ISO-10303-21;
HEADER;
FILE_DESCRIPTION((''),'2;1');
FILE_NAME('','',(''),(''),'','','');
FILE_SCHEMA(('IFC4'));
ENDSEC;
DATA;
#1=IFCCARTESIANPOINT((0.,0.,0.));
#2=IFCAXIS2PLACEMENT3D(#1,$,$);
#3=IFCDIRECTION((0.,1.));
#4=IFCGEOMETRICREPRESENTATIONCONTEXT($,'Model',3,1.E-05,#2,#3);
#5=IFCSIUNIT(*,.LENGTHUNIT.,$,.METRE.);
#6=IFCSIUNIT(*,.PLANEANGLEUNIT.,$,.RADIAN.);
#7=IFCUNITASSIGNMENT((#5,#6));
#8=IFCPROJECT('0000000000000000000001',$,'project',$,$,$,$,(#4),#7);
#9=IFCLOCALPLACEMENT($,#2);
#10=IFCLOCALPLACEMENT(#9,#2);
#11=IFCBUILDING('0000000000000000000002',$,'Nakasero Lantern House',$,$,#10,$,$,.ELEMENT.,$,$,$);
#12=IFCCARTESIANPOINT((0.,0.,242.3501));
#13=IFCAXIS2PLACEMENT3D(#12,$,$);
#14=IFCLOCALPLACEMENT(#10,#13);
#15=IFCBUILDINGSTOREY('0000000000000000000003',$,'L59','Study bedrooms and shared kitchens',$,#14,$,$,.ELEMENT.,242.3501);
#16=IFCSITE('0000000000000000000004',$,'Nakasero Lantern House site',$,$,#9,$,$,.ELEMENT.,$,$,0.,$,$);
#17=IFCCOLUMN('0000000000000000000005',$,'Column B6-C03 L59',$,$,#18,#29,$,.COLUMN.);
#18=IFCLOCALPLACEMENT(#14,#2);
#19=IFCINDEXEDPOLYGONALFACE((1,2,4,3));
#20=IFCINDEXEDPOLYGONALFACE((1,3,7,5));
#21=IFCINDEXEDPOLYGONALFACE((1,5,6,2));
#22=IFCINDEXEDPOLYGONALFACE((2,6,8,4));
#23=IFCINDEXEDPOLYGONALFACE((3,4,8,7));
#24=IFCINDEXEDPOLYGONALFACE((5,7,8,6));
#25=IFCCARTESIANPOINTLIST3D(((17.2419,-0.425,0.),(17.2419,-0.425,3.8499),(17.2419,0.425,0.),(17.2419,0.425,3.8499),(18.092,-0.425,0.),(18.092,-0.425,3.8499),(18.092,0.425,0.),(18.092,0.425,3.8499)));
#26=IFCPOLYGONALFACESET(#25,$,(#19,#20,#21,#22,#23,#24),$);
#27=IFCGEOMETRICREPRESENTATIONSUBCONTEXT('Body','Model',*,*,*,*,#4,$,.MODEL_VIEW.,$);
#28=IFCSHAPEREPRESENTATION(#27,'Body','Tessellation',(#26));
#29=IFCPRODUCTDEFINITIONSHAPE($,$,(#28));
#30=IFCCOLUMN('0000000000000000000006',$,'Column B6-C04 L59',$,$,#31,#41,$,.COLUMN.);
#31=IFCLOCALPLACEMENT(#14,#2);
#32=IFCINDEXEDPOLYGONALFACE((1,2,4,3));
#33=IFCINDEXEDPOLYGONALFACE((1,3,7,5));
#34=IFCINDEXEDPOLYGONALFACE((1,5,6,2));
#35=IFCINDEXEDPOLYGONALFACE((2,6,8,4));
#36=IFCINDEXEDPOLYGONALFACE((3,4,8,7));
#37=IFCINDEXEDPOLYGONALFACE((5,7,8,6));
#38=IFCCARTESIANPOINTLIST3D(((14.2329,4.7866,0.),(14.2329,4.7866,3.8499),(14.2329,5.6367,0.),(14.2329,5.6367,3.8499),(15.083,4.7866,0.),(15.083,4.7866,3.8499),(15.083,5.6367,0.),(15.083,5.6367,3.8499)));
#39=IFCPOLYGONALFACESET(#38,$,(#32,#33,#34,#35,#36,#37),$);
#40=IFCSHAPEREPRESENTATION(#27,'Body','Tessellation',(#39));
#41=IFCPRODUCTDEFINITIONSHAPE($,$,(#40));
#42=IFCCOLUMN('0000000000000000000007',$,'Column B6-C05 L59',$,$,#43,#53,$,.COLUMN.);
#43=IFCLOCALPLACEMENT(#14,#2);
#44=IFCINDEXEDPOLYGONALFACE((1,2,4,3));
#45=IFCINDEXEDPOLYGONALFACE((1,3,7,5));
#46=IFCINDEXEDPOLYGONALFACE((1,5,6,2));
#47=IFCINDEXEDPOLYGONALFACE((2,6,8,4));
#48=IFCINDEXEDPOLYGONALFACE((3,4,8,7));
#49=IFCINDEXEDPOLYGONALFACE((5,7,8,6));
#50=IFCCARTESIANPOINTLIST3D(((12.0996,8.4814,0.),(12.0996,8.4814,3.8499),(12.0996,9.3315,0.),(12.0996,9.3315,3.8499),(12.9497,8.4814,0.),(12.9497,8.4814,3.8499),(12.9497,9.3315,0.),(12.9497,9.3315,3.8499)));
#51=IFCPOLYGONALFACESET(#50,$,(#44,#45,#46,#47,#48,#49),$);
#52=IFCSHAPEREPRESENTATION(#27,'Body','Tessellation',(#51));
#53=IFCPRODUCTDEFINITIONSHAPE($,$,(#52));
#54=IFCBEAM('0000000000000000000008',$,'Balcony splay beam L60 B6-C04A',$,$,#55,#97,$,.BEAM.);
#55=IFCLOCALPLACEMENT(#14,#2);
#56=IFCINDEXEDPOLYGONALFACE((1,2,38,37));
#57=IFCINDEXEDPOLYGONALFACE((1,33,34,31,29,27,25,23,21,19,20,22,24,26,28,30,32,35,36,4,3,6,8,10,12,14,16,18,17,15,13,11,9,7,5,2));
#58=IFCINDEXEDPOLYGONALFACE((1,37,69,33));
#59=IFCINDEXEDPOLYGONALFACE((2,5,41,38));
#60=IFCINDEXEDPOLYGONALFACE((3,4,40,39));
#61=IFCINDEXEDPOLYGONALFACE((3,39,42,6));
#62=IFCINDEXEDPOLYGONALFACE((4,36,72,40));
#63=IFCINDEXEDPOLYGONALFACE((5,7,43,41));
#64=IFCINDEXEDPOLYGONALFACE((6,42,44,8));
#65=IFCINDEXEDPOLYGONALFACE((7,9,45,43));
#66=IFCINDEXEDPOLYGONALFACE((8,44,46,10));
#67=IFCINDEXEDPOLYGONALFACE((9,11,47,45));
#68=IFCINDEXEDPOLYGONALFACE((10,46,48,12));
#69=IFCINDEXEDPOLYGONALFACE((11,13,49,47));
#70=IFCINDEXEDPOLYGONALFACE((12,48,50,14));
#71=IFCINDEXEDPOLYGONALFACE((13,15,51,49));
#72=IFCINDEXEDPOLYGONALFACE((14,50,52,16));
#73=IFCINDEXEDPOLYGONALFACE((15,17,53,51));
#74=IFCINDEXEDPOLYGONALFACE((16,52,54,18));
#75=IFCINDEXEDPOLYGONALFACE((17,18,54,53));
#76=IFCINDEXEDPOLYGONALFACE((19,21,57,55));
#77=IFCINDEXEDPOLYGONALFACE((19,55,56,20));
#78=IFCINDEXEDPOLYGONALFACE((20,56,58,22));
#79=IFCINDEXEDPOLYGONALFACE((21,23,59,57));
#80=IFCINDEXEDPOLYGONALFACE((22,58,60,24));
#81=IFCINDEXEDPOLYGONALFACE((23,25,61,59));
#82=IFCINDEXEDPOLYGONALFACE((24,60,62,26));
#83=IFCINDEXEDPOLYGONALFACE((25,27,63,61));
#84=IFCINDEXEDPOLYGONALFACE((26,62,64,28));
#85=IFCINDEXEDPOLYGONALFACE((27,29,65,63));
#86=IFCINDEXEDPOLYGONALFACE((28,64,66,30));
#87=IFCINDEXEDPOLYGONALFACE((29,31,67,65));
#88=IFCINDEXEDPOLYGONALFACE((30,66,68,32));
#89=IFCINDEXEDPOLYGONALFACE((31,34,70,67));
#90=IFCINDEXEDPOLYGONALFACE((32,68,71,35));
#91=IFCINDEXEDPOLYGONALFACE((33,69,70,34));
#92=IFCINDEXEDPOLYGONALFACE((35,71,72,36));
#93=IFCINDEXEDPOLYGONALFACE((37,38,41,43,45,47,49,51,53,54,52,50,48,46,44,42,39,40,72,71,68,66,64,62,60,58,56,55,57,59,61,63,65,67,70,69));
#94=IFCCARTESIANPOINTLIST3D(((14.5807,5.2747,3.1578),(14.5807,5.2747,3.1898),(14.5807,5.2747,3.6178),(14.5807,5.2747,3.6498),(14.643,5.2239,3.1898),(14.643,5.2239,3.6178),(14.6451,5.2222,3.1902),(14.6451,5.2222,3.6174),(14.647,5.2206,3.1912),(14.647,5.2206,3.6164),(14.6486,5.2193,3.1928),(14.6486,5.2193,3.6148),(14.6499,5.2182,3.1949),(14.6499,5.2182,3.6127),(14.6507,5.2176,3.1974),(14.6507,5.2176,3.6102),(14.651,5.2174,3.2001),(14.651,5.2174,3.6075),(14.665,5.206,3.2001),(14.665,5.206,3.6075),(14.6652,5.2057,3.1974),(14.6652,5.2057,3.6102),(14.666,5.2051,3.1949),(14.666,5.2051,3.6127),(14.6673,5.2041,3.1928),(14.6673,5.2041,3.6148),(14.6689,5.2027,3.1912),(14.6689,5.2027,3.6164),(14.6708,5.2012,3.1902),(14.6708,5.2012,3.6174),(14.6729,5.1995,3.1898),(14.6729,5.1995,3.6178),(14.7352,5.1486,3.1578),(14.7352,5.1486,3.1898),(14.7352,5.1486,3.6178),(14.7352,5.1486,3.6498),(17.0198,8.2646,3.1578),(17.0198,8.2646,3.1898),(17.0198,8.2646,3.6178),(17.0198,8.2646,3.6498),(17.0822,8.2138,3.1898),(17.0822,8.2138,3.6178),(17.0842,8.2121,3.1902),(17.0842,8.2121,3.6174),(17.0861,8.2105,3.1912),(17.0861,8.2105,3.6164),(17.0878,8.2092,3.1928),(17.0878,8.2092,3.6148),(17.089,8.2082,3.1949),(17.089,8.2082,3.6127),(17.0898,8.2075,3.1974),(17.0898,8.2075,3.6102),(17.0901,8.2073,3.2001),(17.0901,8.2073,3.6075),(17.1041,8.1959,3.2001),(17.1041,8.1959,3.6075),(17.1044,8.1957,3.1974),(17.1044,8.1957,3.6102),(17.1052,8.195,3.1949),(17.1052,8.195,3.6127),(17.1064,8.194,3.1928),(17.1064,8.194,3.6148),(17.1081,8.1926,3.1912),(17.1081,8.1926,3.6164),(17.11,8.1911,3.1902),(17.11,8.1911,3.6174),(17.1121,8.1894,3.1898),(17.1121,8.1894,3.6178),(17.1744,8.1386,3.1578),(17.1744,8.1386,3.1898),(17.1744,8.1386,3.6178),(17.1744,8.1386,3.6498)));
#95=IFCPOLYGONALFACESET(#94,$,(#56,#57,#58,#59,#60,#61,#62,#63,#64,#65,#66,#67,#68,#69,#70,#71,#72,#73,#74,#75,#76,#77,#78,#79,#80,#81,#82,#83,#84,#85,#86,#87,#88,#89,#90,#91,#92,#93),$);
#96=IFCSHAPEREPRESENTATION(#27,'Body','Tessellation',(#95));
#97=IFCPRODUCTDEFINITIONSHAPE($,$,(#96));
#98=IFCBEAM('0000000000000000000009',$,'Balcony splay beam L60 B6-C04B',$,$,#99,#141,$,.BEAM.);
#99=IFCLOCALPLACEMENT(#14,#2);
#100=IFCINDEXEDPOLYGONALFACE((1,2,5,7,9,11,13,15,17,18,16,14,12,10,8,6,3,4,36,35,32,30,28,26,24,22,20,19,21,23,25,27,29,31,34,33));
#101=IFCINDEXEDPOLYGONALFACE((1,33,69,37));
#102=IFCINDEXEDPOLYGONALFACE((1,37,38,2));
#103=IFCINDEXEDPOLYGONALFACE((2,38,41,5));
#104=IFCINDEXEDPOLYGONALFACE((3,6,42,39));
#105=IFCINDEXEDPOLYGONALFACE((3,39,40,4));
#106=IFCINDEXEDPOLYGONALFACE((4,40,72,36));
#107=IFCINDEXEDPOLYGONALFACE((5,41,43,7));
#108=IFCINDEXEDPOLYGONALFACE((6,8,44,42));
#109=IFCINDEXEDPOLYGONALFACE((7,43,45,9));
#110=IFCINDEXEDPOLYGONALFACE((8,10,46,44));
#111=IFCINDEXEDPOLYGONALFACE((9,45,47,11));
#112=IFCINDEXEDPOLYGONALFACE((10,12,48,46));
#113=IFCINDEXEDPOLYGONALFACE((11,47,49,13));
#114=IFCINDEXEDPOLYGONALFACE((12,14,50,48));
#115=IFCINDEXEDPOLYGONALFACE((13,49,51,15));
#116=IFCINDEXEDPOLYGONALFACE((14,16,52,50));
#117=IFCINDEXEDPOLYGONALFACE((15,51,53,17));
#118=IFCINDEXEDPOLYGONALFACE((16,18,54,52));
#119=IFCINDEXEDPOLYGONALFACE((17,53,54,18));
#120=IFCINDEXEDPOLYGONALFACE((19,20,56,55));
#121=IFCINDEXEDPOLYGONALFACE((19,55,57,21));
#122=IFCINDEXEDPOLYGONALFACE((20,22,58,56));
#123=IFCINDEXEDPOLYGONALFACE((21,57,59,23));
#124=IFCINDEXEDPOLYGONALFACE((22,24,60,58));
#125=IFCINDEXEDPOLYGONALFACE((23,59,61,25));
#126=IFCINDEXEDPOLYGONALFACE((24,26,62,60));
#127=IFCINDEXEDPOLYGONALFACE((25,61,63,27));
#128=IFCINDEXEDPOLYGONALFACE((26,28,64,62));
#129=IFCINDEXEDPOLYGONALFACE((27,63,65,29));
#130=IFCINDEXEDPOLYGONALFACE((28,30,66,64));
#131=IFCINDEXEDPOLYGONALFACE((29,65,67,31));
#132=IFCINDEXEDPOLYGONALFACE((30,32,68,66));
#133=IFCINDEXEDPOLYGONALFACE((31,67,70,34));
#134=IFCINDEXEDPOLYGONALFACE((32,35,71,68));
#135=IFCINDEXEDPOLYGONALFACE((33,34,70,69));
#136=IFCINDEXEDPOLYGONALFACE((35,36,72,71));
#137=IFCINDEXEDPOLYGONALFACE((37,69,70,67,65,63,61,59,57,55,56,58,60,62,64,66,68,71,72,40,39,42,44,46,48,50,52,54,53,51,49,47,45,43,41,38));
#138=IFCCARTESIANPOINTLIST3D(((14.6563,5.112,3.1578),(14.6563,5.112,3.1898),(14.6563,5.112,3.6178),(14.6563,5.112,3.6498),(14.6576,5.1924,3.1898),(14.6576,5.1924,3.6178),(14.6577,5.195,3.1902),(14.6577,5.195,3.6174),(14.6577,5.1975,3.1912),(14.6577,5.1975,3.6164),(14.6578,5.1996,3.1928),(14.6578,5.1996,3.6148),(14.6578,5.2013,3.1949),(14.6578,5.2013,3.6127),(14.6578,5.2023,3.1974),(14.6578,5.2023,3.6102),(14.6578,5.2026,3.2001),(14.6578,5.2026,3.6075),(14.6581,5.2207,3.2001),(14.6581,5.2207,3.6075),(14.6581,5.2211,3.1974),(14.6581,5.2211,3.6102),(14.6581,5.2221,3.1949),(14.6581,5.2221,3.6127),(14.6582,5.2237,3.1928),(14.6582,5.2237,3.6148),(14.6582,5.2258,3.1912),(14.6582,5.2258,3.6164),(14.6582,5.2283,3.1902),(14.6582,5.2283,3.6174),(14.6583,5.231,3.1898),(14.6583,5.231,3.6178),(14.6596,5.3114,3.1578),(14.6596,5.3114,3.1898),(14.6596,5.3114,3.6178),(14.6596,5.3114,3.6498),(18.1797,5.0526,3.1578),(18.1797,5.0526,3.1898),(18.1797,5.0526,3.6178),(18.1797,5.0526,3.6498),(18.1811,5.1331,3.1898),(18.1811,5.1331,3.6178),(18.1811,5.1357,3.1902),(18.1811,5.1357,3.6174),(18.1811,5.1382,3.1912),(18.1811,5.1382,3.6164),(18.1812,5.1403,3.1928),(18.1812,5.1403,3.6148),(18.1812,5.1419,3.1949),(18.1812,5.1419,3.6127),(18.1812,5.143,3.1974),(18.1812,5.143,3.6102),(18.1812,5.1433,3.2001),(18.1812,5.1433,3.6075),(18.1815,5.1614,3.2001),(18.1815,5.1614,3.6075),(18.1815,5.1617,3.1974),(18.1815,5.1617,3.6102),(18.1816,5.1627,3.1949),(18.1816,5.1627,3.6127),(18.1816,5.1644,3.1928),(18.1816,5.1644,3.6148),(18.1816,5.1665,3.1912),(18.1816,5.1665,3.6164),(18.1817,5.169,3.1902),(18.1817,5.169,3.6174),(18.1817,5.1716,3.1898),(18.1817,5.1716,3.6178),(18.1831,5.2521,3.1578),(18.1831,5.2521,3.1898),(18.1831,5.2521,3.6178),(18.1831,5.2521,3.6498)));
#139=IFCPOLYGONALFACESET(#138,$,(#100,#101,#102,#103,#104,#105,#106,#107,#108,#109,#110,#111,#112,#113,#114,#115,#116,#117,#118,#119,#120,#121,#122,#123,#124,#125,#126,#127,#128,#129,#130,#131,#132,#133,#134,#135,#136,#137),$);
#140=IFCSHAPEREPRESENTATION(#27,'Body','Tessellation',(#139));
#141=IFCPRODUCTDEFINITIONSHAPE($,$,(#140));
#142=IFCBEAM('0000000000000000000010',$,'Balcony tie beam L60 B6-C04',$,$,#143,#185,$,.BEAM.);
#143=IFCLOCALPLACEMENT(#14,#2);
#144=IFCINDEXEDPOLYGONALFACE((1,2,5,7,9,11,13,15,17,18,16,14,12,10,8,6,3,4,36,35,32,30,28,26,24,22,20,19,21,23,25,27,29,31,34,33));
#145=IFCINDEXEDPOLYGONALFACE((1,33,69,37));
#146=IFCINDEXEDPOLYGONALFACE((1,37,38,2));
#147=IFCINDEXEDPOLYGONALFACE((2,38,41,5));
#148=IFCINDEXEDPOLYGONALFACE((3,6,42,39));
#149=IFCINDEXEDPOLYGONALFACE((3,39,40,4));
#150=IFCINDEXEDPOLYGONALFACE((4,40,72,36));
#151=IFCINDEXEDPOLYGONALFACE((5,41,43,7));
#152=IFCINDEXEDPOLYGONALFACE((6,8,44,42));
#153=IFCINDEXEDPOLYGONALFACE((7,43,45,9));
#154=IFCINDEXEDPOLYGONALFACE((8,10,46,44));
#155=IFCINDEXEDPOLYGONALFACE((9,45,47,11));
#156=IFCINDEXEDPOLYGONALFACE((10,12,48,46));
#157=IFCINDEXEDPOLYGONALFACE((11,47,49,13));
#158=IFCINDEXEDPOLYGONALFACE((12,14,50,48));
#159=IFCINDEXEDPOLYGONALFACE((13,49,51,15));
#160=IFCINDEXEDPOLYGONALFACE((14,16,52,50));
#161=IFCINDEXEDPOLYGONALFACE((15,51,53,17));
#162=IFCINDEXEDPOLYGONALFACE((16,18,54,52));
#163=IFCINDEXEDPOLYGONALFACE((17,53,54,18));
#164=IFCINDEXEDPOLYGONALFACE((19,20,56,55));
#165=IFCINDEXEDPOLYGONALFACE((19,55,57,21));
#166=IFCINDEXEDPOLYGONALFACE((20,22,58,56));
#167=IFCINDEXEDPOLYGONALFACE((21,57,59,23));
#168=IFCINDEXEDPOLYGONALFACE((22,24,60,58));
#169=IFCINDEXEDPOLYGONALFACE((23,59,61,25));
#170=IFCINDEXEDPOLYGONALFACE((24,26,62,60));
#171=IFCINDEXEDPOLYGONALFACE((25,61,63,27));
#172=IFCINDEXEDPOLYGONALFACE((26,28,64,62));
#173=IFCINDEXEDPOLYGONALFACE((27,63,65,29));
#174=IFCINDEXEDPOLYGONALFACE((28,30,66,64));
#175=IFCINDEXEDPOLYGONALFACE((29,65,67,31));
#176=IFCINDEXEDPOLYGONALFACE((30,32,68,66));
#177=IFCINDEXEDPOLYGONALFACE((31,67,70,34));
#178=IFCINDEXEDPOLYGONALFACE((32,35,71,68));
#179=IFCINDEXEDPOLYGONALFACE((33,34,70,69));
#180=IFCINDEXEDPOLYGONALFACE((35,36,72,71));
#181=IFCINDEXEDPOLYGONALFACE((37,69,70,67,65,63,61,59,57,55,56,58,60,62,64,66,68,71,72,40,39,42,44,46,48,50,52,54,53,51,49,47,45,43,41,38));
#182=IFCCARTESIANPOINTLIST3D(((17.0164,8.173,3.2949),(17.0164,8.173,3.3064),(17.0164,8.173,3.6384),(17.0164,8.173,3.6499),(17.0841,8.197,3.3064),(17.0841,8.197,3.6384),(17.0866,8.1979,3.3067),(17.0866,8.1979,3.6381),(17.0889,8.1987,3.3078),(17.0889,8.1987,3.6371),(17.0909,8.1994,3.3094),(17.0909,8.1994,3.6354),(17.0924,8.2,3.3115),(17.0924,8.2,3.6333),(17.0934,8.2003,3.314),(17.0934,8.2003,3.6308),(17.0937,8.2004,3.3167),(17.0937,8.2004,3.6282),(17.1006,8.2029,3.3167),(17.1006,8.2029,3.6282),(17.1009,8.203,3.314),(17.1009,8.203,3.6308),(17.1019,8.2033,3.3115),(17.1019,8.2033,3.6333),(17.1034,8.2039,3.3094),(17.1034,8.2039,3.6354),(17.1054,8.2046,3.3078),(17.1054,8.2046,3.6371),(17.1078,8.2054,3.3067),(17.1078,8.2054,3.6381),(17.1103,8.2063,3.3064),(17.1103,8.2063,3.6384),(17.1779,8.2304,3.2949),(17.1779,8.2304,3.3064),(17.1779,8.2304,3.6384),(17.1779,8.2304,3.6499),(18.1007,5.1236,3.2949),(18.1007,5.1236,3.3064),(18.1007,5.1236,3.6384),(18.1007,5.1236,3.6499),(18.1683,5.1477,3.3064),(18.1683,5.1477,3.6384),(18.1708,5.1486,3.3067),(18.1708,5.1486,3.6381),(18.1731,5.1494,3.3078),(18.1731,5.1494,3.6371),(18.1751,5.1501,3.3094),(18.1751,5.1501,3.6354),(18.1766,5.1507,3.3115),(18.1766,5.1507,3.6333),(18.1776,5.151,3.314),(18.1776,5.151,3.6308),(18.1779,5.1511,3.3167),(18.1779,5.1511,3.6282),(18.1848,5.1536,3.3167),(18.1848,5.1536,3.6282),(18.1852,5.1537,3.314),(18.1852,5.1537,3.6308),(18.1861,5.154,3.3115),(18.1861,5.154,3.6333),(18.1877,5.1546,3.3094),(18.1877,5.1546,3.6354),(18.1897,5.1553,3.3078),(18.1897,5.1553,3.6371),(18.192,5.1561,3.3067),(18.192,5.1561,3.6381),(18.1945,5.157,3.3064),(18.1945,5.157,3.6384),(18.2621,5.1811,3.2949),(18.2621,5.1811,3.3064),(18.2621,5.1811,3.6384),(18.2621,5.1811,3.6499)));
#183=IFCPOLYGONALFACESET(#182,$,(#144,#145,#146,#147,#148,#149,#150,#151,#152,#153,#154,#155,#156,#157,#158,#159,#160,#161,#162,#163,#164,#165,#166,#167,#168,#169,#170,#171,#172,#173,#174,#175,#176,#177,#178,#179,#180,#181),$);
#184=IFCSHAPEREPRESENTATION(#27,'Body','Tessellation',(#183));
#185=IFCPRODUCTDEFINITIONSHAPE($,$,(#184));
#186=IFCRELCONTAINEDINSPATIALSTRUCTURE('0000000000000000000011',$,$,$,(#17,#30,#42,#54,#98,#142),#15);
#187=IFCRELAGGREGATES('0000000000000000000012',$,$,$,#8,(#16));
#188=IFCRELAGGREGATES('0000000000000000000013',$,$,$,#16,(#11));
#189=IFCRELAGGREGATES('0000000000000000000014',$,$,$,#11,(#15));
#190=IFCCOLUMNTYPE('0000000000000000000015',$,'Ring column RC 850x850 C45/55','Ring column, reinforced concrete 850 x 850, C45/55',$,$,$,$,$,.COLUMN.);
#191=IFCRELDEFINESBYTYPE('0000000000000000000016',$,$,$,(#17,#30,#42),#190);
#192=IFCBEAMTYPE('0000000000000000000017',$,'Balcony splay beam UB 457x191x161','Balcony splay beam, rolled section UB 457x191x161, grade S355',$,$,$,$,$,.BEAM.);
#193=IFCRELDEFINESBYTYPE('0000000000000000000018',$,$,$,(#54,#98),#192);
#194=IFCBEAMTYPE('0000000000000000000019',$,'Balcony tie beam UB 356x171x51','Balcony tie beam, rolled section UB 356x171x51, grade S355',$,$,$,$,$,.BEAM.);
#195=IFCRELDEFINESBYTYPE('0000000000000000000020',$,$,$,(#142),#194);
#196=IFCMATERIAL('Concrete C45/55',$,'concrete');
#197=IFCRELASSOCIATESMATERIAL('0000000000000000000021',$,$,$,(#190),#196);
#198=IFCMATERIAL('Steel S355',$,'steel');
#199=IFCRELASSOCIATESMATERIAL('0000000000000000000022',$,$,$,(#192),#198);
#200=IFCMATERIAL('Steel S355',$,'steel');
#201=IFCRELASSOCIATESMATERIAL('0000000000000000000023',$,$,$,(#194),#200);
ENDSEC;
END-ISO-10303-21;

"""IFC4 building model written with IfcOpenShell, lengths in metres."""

from ifc_helpers import new_model, si_unit, direction, frame, origin, origin_2d, place, context, subcontext, project, spatial, rectangle, i_section, extrude, material, material_profile, profile_set, type_object, element, save


model = new_model("IFC4")

# Units and contexts
model_context = context("Model", 3, precision=1e-05, world=origin(), true_north=direction((0.0, 1.0)))
body_context = subcontext(model_context, "Body", "Model", "MODEL_VIEW")
ifc_project = project(units=[si_unit("LENGTHUNIT", "METRE"), si_unit("PLANEANGLEUNIT", "RADIAN")], contexts=[model_context])

# Site, building, storey
site_placement = place(None, origin())
site = spatial("IfcSite", under=ifc_project, at=site_placement, Name="Nakasero Lantern House site", CompositionType="ELEMENT", RefElevation=0.0)
building_placement = place(site_placement, origin())
building = spatial("IfcBuilding", under=site, at=building_placement, Name="Nakasero Lantern House", CompositionType="ELEMENT")
storey_placement = place(building_placement, frame((0.0, 0.0, 242.3501)))
storey = spatial("IfcBuildingStorey", under=building, at=storey_placement, Name="L59", Description="Study bedrooms and shared kitchens", CompositionType="ELEMENT", Elevation=242.3501)

# Columns
ifc_material_1 = material(Name="Concrete C45/55", Category="concrete")
ifc_material_profile_1 = material_profile(ifc_material_1, rectangle(XDim=0.8501, YDim=0.8501, at=origin_2d()), Name="RC 850x850")
ifc_profile_set_1 = profile_set([ifc_material_profile_1], Name="Concrete C45/55")
column_type = type_object("IfcColumnType", Name="Ring column RC 850x850 C45/55", Description="Ring column, reinforced concrete 850 x 850, C45/55", PredefinedType="COLUMN", material=ifc_profile_set_1)
for number, where, z_axis, x_axis, name in (
    (1, (17.667, 0.0, 0.0), (0.0, 0.0, 1.0), (1.0, 0.0, 0.0), "Column B6-C03 L59"),
    (2, (14.658, 5.2117, 0.0), (0.0, 0.0, 1.0), (1.0, 0.0, 0.0), "Column B6-C04 L59"),
    (3, (12.5247, 8.9065, 0.0), (0.0, 0.0, 1.0), (1.0, 0.0, 0.0), "Column B6-C05 L59"),
):
    element("IfcColumn", number, at=place(storey_placement, frame(where, z_axis=z_axis, x_axis=x_axis)), inside=storey, type_object=column_type, Name=name, PredefinedType="COLUMN", context=body_context, shape_type="SweptSolid", body=[
        extrude(rectangle(XDim=0.8501, YDim=0.8501, at=origin_2d()), origin(), (0.0, 0.0, 1.0), 3.8499),
    ])

# Beams
ifc_material_2 = material(Name="Steel S355", Category="steel")
ifc_material_profile_2 = material_profile(ifc_material_2, i_section(OverallWidth=0.1995, OverallDepth=0.4919, WebThickness=0.0181, FlangeThickness=0.032, FilletRadius=0.0103, at=origin_2d()), Name="UB 457x191x161")
ifc_profile_set_2 = profile_set([ifc_material_profile_2], Name="Steel S355")
beam_type_1 = type_object("IfcBeamType", Name="Balcony splay beam UB 457x191x161", Description="Balcony splay beam, rolled section UB 457x191x161, grade S355", PredefinedType="BEAM", material=ifc_profile_set_2)
beam_1_placement = place(storey_placement, frame((14.658, 5.2117, 3.4038), z_axis=(0.632128, 0.774864, 0.0), x_axis=(-0.774864, 0.632128, 0.0)))
element("IfcBeam", 4, at=beam_1_placement, inside=storey, type_object=beam_type_1, Name="Balcony splay beam L60 B6-C04A", PredefinedType="BEAM", context=body_context, shape_type="SweptSolid", body=[
    extrude(i_section(OverallWidth=0.1995, OverallDepth=0.4919, WebThickness=0.0181, FlangeThickness=0.032, FilletRadius=0.0103, at=origin_2d()), origin(), (0.0, 0.0, 1.0), 3.8586),
])
beam_2_placement = place(storey_placement, frame((14.658, 5.2117, 3.4038), z_axis=(0.999858, -0.016835, 0.0), x_axis=(0.016835, 0.999858, 0.0)))
element("IfcBeam", 5, at=beam_2_placement, inside=storey, type_object=beam_type_1, Name="Balcony splay beam L60 B6-C04B", PredefinedType="BEAM", context=body_context, shape_type="SweptSolid", body=[
    extrude(i_section(OverallWidth=0.1995, OverallDepth=0.4919, WebThickness=0.0181, FlangeThickness=0.032, FilletRadius=0.0103, at=origin_2d()), origin(), (0.0, 0.0, 1.0), 3.5239),
])
ifc_material_3 = material(Name="Steel S355", Category="steel")
ifc_material_profile_3 = material_profile(ifc_material_3, i_section(OverallWidth=0.1714, OverallDepth=0.355, WebThickness=0.0073, FlangeThickness=0.0115, FilletRadius=0.0103, at=origin_2d()), Name="UB 356x171x51")
ifc_profile_set_3 = profile_set([ifc_material_profile_3], Name="Steel S355")
beam_type_2 = type_object("IfcBeamType", Name="Balcony tie beam UB 356x171x51", Description="Balcony tie beam, rolled section UB 356x171x51, grade S355", PredefinedType="BEAM", material=ifc_profile_set_3)
beam_3_placement = place(storey_placement, frame((17.0972, 8.2017, 3.4724), z_axis=(0.335017, -0.942212, 0.0), x_axis=(0.942212, 0.335017, 0.0)))
element("IfcBeam", 6, at=beam_3_placement, inside=storey, type_object=beam_type_2, Name="Balcony tie beam L60 B6-C04", PredefinedType="BEAM", context=body_context, shape_type="SweptSolid", body=[
    extrude(i_section(OverallWidth=0.1714, OverallDepth=0.355, WebThickness=0.0073, FlangeThickness=0.0115, FilletRadius=0.0103, at=origin_2d()), origin(), (0.0, 0.0, 1.0), 3.2363),
])

save(model, "model.ifc")
